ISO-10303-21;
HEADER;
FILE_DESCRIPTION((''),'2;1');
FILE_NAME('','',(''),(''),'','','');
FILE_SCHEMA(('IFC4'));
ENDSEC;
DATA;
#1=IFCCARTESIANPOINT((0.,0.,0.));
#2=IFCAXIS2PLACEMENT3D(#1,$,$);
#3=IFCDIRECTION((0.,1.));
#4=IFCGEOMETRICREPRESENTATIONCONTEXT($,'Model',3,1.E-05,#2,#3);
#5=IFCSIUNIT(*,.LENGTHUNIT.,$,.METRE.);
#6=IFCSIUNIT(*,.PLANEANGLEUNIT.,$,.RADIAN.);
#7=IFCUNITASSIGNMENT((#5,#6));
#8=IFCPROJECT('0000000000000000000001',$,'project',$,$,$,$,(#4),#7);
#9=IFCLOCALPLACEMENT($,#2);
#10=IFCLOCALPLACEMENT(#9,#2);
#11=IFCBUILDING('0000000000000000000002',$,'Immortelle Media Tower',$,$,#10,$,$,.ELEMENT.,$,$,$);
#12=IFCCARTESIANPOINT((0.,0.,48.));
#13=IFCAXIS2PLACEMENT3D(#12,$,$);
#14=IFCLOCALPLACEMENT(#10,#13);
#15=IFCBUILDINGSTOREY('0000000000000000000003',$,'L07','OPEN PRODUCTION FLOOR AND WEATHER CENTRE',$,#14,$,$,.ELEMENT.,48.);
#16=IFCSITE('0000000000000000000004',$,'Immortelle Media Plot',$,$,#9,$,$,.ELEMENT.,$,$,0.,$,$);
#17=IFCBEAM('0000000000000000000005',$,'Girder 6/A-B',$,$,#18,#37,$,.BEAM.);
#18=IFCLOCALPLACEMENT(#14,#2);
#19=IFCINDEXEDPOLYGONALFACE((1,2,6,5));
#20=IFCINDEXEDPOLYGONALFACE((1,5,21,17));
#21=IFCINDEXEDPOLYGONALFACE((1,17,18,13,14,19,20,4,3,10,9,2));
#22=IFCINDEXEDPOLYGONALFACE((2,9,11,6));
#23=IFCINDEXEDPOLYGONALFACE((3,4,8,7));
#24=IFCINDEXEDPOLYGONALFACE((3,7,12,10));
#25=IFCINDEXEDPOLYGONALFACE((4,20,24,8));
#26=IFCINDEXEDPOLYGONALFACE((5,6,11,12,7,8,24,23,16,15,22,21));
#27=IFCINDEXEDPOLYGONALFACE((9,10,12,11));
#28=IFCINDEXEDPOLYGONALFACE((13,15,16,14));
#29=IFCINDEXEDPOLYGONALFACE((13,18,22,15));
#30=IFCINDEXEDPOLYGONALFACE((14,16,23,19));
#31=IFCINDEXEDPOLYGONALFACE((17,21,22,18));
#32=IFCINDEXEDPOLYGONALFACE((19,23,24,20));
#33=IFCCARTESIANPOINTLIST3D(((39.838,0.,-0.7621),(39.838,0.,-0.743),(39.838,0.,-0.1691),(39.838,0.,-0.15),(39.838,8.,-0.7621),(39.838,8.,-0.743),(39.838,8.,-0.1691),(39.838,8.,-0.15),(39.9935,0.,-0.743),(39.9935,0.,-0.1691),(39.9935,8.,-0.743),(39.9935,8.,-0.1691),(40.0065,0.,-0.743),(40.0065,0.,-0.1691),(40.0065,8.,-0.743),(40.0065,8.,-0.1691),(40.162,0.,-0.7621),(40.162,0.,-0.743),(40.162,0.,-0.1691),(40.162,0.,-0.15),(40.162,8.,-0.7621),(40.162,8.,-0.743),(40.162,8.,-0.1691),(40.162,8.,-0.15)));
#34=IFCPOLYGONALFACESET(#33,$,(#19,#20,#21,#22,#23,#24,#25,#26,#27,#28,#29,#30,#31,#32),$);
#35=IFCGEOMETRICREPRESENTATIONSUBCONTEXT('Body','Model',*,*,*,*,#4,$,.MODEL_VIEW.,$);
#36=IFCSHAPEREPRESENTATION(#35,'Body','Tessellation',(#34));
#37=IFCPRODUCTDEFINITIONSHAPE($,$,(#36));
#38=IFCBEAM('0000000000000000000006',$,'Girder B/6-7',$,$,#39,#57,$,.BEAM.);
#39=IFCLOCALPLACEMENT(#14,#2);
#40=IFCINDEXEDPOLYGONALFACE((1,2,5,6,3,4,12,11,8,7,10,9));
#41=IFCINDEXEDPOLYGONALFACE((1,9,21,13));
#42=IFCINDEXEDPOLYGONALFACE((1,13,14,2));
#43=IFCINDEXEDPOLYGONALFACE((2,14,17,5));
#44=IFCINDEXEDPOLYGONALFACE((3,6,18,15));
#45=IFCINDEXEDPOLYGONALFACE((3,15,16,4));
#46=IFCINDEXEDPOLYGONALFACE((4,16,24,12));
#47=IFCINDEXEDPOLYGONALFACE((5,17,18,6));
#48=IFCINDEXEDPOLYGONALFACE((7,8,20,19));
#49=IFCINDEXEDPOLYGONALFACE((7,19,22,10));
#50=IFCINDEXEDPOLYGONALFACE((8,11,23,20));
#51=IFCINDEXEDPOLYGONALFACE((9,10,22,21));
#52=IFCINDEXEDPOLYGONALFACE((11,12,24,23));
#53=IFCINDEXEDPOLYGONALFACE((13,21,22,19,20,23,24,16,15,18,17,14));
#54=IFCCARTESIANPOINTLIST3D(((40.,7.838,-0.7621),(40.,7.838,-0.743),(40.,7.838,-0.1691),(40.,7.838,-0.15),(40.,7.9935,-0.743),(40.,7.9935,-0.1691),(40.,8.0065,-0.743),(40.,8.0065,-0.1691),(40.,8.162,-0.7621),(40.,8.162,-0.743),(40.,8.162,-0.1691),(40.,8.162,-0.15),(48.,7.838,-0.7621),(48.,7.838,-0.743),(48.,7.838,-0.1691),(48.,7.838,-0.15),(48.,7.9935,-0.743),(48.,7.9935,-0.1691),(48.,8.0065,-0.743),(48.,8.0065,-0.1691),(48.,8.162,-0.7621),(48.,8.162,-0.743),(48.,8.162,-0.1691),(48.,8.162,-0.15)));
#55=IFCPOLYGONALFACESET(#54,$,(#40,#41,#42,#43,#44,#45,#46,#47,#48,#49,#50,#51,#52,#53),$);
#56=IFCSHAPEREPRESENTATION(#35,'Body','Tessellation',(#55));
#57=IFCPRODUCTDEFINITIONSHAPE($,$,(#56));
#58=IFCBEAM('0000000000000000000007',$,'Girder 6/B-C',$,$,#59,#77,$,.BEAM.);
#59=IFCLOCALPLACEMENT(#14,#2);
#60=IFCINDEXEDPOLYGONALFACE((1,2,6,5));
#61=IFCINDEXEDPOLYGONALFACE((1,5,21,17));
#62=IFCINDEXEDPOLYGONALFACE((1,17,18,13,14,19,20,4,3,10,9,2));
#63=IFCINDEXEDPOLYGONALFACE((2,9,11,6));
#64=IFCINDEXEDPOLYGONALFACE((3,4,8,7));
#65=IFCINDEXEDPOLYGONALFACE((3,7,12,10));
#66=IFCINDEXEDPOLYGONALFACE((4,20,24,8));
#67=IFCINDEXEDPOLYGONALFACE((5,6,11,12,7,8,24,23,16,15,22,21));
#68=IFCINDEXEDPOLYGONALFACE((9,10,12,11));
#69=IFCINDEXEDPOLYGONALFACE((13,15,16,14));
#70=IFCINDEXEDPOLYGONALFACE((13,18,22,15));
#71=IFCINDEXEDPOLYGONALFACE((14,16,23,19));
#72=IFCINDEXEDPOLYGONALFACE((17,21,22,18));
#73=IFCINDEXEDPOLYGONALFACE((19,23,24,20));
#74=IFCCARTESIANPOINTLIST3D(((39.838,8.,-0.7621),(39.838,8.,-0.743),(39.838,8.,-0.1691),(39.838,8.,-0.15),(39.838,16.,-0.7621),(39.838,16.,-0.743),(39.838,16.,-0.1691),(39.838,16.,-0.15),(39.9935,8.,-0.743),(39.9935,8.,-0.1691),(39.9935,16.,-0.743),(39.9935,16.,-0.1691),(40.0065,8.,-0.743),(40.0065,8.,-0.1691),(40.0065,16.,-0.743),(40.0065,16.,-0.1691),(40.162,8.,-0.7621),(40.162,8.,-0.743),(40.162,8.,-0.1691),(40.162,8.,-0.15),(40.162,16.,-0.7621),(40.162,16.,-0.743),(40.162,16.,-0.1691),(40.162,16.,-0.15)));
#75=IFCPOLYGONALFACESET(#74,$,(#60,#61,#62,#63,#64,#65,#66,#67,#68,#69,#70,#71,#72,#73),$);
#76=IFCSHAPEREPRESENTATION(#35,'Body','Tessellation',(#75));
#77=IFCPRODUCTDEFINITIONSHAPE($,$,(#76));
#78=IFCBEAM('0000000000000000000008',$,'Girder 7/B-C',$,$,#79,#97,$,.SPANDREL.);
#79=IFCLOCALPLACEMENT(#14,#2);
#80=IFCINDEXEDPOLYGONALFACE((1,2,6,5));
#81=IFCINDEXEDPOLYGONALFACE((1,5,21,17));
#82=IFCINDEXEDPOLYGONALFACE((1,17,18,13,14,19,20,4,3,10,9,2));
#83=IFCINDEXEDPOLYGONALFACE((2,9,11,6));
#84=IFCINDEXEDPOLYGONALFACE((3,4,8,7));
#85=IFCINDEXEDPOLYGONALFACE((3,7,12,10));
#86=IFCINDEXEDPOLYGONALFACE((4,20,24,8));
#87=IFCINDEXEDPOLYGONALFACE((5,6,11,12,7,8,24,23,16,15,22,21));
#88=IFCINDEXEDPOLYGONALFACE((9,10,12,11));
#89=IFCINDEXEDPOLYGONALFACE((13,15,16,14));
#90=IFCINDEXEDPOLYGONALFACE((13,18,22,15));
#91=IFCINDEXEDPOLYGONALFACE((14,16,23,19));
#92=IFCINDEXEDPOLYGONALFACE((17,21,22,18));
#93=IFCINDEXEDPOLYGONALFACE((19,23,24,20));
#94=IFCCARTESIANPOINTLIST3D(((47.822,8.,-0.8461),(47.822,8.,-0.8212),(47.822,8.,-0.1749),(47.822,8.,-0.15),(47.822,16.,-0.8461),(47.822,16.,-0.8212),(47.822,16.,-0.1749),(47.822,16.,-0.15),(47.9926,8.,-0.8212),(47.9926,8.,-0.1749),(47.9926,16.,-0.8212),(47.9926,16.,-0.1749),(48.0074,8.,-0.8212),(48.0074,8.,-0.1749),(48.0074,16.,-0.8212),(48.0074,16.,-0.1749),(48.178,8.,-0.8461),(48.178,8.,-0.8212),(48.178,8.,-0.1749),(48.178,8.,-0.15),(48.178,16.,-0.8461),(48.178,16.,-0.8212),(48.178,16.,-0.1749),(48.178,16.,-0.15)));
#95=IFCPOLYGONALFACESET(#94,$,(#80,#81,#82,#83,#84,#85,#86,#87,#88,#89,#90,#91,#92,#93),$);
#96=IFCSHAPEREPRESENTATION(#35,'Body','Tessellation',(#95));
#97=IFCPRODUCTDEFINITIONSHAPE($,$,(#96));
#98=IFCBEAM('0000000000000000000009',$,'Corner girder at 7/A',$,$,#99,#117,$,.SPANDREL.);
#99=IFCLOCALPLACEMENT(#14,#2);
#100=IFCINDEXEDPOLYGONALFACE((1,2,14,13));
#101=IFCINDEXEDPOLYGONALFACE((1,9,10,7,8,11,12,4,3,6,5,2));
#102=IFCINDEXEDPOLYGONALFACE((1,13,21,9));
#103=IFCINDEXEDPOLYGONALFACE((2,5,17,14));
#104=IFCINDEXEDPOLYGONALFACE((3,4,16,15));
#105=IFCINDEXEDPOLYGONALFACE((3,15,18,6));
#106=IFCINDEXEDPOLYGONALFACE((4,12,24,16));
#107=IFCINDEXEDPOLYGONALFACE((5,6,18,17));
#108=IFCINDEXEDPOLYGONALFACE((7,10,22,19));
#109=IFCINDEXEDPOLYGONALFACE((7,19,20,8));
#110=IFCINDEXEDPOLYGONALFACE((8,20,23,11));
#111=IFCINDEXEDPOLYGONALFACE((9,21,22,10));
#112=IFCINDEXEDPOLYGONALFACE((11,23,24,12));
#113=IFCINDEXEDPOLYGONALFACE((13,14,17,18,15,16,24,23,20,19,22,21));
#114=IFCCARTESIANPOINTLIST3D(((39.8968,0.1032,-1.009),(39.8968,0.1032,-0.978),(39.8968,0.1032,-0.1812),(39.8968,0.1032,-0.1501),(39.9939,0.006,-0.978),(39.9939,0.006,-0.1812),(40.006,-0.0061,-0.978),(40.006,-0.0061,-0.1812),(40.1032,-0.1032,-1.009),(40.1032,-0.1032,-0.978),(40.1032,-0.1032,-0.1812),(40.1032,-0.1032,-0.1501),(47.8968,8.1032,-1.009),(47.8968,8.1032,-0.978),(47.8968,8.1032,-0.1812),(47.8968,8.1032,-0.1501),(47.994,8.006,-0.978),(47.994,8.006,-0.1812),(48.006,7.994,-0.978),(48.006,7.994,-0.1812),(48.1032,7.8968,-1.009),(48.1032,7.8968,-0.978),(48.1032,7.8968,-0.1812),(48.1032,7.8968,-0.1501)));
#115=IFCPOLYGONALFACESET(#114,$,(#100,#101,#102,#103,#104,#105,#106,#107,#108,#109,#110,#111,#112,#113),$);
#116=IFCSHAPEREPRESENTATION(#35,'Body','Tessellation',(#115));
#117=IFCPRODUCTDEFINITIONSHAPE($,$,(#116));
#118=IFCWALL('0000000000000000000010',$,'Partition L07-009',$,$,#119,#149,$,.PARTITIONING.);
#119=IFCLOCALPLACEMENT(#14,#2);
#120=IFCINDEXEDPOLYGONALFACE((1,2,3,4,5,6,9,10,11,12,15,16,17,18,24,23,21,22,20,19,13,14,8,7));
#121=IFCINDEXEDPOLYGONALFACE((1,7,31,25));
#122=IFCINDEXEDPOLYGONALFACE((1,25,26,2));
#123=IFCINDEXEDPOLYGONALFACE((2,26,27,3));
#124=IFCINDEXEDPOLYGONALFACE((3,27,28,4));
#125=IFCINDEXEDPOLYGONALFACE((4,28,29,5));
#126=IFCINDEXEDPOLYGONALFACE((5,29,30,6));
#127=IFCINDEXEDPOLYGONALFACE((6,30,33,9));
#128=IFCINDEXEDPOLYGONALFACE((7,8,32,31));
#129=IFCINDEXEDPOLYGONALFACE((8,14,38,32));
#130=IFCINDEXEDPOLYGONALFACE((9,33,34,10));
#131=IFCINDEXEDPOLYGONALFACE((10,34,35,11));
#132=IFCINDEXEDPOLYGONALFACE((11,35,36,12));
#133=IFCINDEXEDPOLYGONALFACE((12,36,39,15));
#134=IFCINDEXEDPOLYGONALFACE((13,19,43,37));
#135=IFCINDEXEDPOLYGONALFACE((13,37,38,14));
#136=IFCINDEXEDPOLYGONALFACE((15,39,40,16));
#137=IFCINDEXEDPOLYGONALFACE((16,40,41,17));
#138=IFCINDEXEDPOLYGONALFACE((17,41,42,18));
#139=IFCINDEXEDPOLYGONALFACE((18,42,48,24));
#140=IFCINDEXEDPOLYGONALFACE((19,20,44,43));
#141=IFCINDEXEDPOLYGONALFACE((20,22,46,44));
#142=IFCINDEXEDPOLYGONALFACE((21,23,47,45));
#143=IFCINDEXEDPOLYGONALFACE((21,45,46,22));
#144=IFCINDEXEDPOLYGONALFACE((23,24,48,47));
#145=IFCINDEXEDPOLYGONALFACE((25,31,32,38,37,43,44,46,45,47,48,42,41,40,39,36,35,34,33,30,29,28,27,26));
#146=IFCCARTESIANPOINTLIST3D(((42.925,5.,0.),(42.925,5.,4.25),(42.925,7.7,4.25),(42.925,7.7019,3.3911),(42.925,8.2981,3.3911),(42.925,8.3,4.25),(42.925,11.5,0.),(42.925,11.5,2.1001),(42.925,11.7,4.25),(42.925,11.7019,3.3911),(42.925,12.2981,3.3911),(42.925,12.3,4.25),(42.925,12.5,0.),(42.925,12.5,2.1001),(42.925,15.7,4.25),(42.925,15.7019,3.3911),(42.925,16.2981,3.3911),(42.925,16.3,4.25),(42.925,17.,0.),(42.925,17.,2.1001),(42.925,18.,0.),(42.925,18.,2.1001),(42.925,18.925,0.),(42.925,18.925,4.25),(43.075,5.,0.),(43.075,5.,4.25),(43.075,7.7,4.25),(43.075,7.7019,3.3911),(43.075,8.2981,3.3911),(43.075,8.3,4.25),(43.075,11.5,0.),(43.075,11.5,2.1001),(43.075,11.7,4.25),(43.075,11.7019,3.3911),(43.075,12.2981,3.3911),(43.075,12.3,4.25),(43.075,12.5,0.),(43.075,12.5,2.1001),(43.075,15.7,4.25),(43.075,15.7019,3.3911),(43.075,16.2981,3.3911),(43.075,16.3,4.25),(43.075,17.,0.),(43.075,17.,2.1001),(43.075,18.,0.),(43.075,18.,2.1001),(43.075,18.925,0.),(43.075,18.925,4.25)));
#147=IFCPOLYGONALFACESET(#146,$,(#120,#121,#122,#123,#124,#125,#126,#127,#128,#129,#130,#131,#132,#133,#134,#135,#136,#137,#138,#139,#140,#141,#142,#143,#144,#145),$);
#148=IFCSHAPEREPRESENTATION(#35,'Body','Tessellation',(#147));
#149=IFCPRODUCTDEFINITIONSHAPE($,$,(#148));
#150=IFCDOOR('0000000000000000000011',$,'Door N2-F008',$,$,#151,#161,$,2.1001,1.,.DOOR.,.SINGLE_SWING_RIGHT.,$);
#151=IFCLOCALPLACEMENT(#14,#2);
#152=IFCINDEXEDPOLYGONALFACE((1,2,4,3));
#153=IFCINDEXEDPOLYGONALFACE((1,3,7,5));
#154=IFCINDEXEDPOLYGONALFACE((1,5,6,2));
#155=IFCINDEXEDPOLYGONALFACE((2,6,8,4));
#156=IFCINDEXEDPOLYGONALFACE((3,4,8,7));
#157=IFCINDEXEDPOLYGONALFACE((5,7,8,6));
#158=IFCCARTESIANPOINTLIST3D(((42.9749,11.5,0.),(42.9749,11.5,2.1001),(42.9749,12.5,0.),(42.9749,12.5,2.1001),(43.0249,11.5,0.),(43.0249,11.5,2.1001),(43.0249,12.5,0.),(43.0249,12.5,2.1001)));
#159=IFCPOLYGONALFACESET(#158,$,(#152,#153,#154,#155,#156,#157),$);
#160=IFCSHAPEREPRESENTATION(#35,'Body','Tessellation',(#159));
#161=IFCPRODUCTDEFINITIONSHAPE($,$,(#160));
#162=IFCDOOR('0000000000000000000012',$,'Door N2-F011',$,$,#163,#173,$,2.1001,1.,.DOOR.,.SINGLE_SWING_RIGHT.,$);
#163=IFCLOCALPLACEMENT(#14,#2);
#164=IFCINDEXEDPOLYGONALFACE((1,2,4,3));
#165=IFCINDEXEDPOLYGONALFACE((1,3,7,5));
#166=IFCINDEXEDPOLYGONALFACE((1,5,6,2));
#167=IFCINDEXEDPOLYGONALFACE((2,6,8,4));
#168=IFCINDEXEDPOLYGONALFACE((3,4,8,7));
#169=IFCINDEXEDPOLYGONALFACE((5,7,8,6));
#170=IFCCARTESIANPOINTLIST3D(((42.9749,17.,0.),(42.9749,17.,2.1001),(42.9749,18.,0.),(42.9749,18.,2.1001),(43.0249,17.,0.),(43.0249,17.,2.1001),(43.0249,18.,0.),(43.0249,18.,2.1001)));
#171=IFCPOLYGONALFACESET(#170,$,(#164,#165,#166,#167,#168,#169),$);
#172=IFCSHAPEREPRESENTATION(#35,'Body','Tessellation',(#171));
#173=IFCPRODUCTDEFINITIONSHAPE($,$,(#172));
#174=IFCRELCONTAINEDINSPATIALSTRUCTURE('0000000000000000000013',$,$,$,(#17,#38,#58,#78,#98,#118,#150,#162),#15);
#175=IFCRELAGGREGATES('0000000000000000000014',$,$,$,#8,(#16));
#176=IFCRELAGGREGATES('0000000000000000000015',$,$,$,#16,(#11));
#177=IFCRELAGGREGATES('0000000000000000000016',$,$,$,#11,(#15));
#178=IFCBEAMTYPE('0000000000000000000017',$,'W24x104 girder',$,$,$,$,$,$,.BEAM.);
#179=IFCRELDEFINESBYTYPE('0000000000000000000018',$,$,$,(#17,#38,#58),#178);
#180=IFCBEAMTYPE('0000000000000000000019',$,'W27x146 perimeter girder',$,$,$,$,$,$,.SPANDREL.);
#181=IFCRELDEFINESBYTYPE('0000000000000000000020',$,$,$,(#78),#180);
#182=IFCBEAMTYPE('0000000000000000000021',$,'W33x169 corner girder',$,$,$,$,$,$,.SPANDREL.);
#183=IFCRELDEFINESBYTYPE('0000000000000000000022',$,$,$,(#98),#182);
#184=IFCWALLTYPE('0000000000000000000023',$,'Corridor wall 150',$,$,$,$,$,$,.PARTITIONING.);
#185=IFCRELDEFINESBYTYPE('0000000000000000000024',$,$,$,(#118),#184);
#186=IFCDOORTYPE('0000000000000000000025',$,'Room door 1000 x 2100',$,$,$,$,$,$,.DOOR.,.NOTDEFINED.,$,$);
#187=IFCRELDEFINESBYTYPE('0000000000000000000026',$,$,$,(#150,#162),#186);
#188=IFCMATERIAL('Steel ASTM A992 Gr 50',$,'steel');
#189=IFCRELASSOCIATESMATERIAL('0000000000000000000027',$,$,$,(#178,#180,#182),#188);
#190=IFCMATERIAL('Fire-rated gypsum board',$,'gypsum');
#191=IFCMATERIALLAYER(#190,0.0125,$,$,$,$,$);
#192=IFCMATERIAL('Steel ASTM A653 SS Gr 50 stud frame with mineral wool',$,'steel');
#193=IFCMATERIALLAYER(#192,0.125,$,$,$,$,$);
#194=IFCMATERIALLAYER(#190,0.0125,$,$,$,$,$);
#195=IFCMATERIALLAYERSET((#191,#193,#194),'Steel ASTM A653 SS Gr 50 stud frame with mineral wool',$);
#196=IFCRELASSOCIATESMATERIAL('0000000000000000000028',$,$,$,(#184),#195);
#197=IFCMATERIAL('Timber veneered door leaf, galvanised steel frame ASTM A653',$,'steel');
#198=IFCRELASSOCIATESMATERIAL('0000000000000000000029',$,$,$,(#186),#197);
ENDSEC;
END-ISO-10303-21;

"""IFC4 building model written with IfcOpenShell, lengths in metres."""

from ifc_helpers import new_model, si_unit, direction, frame, frame_2d, origin, origin_2d, place, context, subcontext, project, spatial, polyline, rectangle, i_section, outline, extrude, material, layer, layer_set, material_profile, profile_set, type_object, element, fill, save


model = new_model("IFC4")

# Units and contexts
model_context = context("Model", 3, precision=1e-05, world=origin(), true_north=direction((0.0, 1.0)))
body_context = subcontext(model_context, "Body", "Model", "MODEL_VIEW")
ifc_project = project(units=[si_unit("LENGTHUNIT", "METRE"), si_unit("PLANEANGLEUNIT", "RADIAN")], contexts=[model_context])

# Site, building, storey
site_placement = place(None, origin())
site = spatial("IfcSite", under=ifc_project, at=site_placement, Name="Immortelle Media Plot", CompositionType="ELEMENT", RefElevation=0.0)
building_placement = place(site_placement, origin())
building = spatial("IfcBuilding", under=site, at=building_placement, Name="Immortelle Media Tower", CompositionType="ELEMENT")
storey_placement = place(building_placement, frame((0.0, 0.0, 48.0)))
storey = spatial("IfcBuildingStorey", under=building, at=storey_placement, Name="L07", Description="OPEN PRODUCTION FLOOR AND WEATHER CENTRE", CompositionType="ELEMENT", Elevation=48.0)

# Shared definitions
ifc_material_1 = material(Name="Steel ASTM A992 Gr 50", Category="steel")

# Beams
ifc_material_profile_1 = material_profile(ifc_material_1, i_section(OverallWidth=0.324, OverallDepth=0.6121, WebThickness=0.0129, FlangeThickness=0.019, at=origin_2d()), Name="W24x104")
ifc_profile_set_1 = profile_set([ifc_material_profile_1], Name="Steel ASTM A992 Gr 50")
beam_type_1 = type_object("IfcBeamType", Name="W24x104 girder", PredefinedType="BEAM", material=ifc_profile_set_1)
for number, where, z_axis, x_axis, name in (
    (1, (40.0, 0.0, -0.4561), (0.0, 1.0, 0.0), (-1.0, 0.0, 0.0), "Girder 6/A-B"),
    (2, (40.0, 8.0, -0.4561), (1.0, 0.0, 0.0), (0.0, 1.0, 0.0), "Girder B/6-7"),
    (3, (40.0, 8.0, -0.4561), (0.0, 1.0, 0.0), (-1.0, 0.0, 0.0), "Girder 6/B-C"),
):
    element("IfcBeam", number, at=place(storey_placement, frame(where, z_axis=z_axis, x_axis=x_axis)), inside=storey, type_object=beam_type_1, Name=name, PredefinedType="BEAM", context=body_context, shape_type="SweptSolid", body=[
        extrude(i_section(OverallWidth=0.324, OverallDepth=0.6121, WebThickness=0.0129, FlangeThickness=0.019, at=origin_2d()), origin(), (0.0, 0.0, 1.0), 8.0),
    ])
ifc_material_profile_2 = material_profile(ifc_material_1, i_section(OverallWidth=0.356, OverallDepth=0.696, WebThickness=0.0149, FlangeThickness=0.0249, at=origin_2d()), Name="W27x146")
ifc_profile_set_2 = profile_set([ifc_material_profile_2], Name="Steel ASTM A992 Gr 50")
beam_type_2 = type_object("IfcBeamType", Name="W27x146 perimeter girder", PredefinedType="SPANDREL", material=ifc_profile_set_2)
beam_1_placement = place(storey_placement, frame((48.0, 8.0, -0.498), z_axis=(0.0, 1.0, 0.0), x_axis=(-1.0, 0.0, 0.0)))
element("IfcBeam", 4, at=beam_1_placement, inside=storey, type_object=beam_type_2, Name="Girder 7/B-C", PredefinedType="SPANDREL", context=body_context, shape_type="SweptSolid", body=[
    extrude(i_section(OverallWidth=0.356, OverallDepth=0.696, WebThickness=0.0149, FlangeThickness=0.0249, at=origin_2d()), origin(), (0.0, 0.0, 1.0), 8.0),
])
ifc_material_profile_3 = material_profile(ifc_material_1, i_section(OverallWidth=0.292, OverallDepth=0.8589, WebThickness=0.0171, FlangeThickness=0.031, at=origin_2d()), Name="W33x169")
ifc_profile_set_3 = profile_set([ifc_material_profile_3], Name="Steel ASTM A992 Gr 50")
beam_type_3 = type_object("IfcBeamType", Name="W33x169 corner girder", PredefinedType="SPANDREL", material=ifc_profile_set_3)
beam_2_placement = place(storey_placement, frame((48.0, 8.0, -0.5796), z_axis=(-0.707107, -0.707107, 0.0), x_axis=(0.707107, -0.707107, 0.0)))
element("IfcBeam", 5, at=beam_2_placement, inside=storey, type_object=beam_type_3, Name="Corner girder at 7/A", PredefinedType="SPANDREL", context=body_context, shape_type="SweptSolid", body=[
    extrude(i_section(OverallWidth=0.292, OverallDepth=0.8589, WebThickness=0.0171, FlangeThickness=0.031, at=origin_2d()), origin(), (0.0, 0.0, 1.0), 11.3137),
])

# Wall, openings, doors
ifc_material_2 = material(Name="Fire-rated gypsum board", Category="gypsum")
ifc_layer_1 = layer(ifc_material_2, 0.0125)
ifc_material_3 = material(Name="Steel ASTM A653 SS Gr 50 stud frame with mineral wool", Category="steel")
ifc_layer_2 = layer(ifc_material_3, 0.125)
ifc_layer_3 = layer(ifc_material_2, 0.0125)
ifc_layer_set_1 = layer_set([ifc_layer_1, ifc_layer_2, ifc_layer_3], Name="Steel ASTM A653 SS Gr 50 stud frame with mineral wool")
wall_type_1 = type_object("IfcWallType", Name="Corridor wall 150", PredefinedType="PARTITIONING", material=ifc_layer_set_1)
wall_1_placement = place(storey_placement, frame((43.0, 5.0, 0.0), z_axis=(0.0, 0.0, 1.0), x_axis=(0.0, 1.0, 0.0)))
wall_1 = element("IfcWall", 6, at=wall_1_placement, inside=storey, type_object=wall_type_1, Name="Partition L07-009", PredefinedType="PARTITIONING", context=body_context, shape_type="SweptSolid", body=[
    extrude(outline(polyline([(0.0, 0.0), (13.925, 0.0), (13.925, 4.25), (11.3, 4.25), (11.2981, 3.3911), (10.7019, 3.3911), (10.7, 4.25), (7.3, 4.25), (7.2981, 3.3911), (6.7019, 3.3911), (6.7, 4.25), (3.3, 4.25), (3.2981, 3.3911), (2.7019, 3.3911), (2.7, 4.25), (0.0, 4.25), (0.0, 0.0)])), frame((0.0, 0.075, 0.0), z_axis=(0.0, -1.0, 0.0), x_axis=(1.0, 0.0, 0.0)), (0.0, 0.0, 1.0), 0.1499),
])
opening_1_placement = place(wall_1_placement, frame((7.5, 0.0, 0.0), z_axis=(0.0, 0.0, 1.0), x_axis=(-1.0, 0.0, 0.0)))
opening_1 = element("IfcOpeningElement", 7, at=opening_1_placement, cuts=wall_1, PredefinedType="OPENING", context=body_context, shape_type="SweptSolid", body=[
    extrude(rectangle(XDim=1.0, YDim=2.1001, at=frame_2d((0.5, 1.05))), frame((0.0, 0.085, 0.0), z_axis=(0.0, -1.0, 0.0), x_axis=(1.0, 0.0, 0.0)), (0.0, 0.0, 1.0), 0.1699),
])
opening_2_placement = place(wall_1_placement, frame((13.0, 0.0, 0.0), z_axis=(0.0, 0.0, 1.0), x_axis=(-1.0, 0.0, 0.0)))
opening_2 = element("IfcOpeningElement", 8, at=opening_2_placement, cuts=wall_1, PredefinedType="OPENING", context=body_context, shape_type="SweptSolid", body=[
    extrude(rectangle(XDim=1.0, YDim=2.1001, at=frame_2d((0.5, 1.05))), frame((0.0, 0.085, 0.0), z_axis=(0.0, -1.0, 0.0), x_axis=(1.0, 0.0, 0.0)), (0.0, 0.0, 1.0), 0.1699),
])
ifc_material_4 = material(Name="Timber veneered door leaf, galvanised steel frame ASTM A653", Category="steel")
door_type_1 = type_object("IfcDoorType", Name="Room door 1000 x 2100", OperationType="NOTDEFINED", PredefinedType="DOOR", material=ifc_material_4)
door_1_placement = place(opening_1_placement, origin())
door_1 = element("IfcDoor", 9, at=door_1_placement, inside=storey, type_object=door_type_1, Name="Door N2-F008", OperationType="SINGLE_SWING_RIGHT", OverallHeight=2.1001, OverallWidth=1.0, PredefinedType="DOOR", context=body_context, shape_type="SweptSolid", body=[
    extrude(rectangle(XDim=1.0, YDim=2.1001, at=frame_2d((0.5, 1.05))), frame((0.0, 0.0249, 0.0), z_axis=(0.0, -1.0, 0.0), x_axis=(1.0, 0.0, 0.0)), (0.0, 0.0, 1.0), 0.05),
])
fill(opening_1, door_1)
door_2_placement = place(opening_2_placement, origin())
door_2 = element("IfcDoor", 10, at=door_2_placement, inside=storey, type_object=door_type_1, Name="Door N2-F011", OperationType="SINGLE_SWING_RIGHT", OverallHeight=2.1001, OverallWidth=1.0, PredefinedType="DOOR", context=body_context, shape_type="SweptSolid", body=[
    extrude(rectangle(XDim=1.0, YDim=2.1001, at=frame_2d((0.5, 1.05))), frame((0.0, 0.0249, 0.0), z_axis=(0.0, -1.0, 0.0), x_axis=(1.0, 0.0, 0.0)), (0.0, 0.0, 1.0), 0.05),
])
fill(opening_2, door_2)

save(model, "model.ifc")
